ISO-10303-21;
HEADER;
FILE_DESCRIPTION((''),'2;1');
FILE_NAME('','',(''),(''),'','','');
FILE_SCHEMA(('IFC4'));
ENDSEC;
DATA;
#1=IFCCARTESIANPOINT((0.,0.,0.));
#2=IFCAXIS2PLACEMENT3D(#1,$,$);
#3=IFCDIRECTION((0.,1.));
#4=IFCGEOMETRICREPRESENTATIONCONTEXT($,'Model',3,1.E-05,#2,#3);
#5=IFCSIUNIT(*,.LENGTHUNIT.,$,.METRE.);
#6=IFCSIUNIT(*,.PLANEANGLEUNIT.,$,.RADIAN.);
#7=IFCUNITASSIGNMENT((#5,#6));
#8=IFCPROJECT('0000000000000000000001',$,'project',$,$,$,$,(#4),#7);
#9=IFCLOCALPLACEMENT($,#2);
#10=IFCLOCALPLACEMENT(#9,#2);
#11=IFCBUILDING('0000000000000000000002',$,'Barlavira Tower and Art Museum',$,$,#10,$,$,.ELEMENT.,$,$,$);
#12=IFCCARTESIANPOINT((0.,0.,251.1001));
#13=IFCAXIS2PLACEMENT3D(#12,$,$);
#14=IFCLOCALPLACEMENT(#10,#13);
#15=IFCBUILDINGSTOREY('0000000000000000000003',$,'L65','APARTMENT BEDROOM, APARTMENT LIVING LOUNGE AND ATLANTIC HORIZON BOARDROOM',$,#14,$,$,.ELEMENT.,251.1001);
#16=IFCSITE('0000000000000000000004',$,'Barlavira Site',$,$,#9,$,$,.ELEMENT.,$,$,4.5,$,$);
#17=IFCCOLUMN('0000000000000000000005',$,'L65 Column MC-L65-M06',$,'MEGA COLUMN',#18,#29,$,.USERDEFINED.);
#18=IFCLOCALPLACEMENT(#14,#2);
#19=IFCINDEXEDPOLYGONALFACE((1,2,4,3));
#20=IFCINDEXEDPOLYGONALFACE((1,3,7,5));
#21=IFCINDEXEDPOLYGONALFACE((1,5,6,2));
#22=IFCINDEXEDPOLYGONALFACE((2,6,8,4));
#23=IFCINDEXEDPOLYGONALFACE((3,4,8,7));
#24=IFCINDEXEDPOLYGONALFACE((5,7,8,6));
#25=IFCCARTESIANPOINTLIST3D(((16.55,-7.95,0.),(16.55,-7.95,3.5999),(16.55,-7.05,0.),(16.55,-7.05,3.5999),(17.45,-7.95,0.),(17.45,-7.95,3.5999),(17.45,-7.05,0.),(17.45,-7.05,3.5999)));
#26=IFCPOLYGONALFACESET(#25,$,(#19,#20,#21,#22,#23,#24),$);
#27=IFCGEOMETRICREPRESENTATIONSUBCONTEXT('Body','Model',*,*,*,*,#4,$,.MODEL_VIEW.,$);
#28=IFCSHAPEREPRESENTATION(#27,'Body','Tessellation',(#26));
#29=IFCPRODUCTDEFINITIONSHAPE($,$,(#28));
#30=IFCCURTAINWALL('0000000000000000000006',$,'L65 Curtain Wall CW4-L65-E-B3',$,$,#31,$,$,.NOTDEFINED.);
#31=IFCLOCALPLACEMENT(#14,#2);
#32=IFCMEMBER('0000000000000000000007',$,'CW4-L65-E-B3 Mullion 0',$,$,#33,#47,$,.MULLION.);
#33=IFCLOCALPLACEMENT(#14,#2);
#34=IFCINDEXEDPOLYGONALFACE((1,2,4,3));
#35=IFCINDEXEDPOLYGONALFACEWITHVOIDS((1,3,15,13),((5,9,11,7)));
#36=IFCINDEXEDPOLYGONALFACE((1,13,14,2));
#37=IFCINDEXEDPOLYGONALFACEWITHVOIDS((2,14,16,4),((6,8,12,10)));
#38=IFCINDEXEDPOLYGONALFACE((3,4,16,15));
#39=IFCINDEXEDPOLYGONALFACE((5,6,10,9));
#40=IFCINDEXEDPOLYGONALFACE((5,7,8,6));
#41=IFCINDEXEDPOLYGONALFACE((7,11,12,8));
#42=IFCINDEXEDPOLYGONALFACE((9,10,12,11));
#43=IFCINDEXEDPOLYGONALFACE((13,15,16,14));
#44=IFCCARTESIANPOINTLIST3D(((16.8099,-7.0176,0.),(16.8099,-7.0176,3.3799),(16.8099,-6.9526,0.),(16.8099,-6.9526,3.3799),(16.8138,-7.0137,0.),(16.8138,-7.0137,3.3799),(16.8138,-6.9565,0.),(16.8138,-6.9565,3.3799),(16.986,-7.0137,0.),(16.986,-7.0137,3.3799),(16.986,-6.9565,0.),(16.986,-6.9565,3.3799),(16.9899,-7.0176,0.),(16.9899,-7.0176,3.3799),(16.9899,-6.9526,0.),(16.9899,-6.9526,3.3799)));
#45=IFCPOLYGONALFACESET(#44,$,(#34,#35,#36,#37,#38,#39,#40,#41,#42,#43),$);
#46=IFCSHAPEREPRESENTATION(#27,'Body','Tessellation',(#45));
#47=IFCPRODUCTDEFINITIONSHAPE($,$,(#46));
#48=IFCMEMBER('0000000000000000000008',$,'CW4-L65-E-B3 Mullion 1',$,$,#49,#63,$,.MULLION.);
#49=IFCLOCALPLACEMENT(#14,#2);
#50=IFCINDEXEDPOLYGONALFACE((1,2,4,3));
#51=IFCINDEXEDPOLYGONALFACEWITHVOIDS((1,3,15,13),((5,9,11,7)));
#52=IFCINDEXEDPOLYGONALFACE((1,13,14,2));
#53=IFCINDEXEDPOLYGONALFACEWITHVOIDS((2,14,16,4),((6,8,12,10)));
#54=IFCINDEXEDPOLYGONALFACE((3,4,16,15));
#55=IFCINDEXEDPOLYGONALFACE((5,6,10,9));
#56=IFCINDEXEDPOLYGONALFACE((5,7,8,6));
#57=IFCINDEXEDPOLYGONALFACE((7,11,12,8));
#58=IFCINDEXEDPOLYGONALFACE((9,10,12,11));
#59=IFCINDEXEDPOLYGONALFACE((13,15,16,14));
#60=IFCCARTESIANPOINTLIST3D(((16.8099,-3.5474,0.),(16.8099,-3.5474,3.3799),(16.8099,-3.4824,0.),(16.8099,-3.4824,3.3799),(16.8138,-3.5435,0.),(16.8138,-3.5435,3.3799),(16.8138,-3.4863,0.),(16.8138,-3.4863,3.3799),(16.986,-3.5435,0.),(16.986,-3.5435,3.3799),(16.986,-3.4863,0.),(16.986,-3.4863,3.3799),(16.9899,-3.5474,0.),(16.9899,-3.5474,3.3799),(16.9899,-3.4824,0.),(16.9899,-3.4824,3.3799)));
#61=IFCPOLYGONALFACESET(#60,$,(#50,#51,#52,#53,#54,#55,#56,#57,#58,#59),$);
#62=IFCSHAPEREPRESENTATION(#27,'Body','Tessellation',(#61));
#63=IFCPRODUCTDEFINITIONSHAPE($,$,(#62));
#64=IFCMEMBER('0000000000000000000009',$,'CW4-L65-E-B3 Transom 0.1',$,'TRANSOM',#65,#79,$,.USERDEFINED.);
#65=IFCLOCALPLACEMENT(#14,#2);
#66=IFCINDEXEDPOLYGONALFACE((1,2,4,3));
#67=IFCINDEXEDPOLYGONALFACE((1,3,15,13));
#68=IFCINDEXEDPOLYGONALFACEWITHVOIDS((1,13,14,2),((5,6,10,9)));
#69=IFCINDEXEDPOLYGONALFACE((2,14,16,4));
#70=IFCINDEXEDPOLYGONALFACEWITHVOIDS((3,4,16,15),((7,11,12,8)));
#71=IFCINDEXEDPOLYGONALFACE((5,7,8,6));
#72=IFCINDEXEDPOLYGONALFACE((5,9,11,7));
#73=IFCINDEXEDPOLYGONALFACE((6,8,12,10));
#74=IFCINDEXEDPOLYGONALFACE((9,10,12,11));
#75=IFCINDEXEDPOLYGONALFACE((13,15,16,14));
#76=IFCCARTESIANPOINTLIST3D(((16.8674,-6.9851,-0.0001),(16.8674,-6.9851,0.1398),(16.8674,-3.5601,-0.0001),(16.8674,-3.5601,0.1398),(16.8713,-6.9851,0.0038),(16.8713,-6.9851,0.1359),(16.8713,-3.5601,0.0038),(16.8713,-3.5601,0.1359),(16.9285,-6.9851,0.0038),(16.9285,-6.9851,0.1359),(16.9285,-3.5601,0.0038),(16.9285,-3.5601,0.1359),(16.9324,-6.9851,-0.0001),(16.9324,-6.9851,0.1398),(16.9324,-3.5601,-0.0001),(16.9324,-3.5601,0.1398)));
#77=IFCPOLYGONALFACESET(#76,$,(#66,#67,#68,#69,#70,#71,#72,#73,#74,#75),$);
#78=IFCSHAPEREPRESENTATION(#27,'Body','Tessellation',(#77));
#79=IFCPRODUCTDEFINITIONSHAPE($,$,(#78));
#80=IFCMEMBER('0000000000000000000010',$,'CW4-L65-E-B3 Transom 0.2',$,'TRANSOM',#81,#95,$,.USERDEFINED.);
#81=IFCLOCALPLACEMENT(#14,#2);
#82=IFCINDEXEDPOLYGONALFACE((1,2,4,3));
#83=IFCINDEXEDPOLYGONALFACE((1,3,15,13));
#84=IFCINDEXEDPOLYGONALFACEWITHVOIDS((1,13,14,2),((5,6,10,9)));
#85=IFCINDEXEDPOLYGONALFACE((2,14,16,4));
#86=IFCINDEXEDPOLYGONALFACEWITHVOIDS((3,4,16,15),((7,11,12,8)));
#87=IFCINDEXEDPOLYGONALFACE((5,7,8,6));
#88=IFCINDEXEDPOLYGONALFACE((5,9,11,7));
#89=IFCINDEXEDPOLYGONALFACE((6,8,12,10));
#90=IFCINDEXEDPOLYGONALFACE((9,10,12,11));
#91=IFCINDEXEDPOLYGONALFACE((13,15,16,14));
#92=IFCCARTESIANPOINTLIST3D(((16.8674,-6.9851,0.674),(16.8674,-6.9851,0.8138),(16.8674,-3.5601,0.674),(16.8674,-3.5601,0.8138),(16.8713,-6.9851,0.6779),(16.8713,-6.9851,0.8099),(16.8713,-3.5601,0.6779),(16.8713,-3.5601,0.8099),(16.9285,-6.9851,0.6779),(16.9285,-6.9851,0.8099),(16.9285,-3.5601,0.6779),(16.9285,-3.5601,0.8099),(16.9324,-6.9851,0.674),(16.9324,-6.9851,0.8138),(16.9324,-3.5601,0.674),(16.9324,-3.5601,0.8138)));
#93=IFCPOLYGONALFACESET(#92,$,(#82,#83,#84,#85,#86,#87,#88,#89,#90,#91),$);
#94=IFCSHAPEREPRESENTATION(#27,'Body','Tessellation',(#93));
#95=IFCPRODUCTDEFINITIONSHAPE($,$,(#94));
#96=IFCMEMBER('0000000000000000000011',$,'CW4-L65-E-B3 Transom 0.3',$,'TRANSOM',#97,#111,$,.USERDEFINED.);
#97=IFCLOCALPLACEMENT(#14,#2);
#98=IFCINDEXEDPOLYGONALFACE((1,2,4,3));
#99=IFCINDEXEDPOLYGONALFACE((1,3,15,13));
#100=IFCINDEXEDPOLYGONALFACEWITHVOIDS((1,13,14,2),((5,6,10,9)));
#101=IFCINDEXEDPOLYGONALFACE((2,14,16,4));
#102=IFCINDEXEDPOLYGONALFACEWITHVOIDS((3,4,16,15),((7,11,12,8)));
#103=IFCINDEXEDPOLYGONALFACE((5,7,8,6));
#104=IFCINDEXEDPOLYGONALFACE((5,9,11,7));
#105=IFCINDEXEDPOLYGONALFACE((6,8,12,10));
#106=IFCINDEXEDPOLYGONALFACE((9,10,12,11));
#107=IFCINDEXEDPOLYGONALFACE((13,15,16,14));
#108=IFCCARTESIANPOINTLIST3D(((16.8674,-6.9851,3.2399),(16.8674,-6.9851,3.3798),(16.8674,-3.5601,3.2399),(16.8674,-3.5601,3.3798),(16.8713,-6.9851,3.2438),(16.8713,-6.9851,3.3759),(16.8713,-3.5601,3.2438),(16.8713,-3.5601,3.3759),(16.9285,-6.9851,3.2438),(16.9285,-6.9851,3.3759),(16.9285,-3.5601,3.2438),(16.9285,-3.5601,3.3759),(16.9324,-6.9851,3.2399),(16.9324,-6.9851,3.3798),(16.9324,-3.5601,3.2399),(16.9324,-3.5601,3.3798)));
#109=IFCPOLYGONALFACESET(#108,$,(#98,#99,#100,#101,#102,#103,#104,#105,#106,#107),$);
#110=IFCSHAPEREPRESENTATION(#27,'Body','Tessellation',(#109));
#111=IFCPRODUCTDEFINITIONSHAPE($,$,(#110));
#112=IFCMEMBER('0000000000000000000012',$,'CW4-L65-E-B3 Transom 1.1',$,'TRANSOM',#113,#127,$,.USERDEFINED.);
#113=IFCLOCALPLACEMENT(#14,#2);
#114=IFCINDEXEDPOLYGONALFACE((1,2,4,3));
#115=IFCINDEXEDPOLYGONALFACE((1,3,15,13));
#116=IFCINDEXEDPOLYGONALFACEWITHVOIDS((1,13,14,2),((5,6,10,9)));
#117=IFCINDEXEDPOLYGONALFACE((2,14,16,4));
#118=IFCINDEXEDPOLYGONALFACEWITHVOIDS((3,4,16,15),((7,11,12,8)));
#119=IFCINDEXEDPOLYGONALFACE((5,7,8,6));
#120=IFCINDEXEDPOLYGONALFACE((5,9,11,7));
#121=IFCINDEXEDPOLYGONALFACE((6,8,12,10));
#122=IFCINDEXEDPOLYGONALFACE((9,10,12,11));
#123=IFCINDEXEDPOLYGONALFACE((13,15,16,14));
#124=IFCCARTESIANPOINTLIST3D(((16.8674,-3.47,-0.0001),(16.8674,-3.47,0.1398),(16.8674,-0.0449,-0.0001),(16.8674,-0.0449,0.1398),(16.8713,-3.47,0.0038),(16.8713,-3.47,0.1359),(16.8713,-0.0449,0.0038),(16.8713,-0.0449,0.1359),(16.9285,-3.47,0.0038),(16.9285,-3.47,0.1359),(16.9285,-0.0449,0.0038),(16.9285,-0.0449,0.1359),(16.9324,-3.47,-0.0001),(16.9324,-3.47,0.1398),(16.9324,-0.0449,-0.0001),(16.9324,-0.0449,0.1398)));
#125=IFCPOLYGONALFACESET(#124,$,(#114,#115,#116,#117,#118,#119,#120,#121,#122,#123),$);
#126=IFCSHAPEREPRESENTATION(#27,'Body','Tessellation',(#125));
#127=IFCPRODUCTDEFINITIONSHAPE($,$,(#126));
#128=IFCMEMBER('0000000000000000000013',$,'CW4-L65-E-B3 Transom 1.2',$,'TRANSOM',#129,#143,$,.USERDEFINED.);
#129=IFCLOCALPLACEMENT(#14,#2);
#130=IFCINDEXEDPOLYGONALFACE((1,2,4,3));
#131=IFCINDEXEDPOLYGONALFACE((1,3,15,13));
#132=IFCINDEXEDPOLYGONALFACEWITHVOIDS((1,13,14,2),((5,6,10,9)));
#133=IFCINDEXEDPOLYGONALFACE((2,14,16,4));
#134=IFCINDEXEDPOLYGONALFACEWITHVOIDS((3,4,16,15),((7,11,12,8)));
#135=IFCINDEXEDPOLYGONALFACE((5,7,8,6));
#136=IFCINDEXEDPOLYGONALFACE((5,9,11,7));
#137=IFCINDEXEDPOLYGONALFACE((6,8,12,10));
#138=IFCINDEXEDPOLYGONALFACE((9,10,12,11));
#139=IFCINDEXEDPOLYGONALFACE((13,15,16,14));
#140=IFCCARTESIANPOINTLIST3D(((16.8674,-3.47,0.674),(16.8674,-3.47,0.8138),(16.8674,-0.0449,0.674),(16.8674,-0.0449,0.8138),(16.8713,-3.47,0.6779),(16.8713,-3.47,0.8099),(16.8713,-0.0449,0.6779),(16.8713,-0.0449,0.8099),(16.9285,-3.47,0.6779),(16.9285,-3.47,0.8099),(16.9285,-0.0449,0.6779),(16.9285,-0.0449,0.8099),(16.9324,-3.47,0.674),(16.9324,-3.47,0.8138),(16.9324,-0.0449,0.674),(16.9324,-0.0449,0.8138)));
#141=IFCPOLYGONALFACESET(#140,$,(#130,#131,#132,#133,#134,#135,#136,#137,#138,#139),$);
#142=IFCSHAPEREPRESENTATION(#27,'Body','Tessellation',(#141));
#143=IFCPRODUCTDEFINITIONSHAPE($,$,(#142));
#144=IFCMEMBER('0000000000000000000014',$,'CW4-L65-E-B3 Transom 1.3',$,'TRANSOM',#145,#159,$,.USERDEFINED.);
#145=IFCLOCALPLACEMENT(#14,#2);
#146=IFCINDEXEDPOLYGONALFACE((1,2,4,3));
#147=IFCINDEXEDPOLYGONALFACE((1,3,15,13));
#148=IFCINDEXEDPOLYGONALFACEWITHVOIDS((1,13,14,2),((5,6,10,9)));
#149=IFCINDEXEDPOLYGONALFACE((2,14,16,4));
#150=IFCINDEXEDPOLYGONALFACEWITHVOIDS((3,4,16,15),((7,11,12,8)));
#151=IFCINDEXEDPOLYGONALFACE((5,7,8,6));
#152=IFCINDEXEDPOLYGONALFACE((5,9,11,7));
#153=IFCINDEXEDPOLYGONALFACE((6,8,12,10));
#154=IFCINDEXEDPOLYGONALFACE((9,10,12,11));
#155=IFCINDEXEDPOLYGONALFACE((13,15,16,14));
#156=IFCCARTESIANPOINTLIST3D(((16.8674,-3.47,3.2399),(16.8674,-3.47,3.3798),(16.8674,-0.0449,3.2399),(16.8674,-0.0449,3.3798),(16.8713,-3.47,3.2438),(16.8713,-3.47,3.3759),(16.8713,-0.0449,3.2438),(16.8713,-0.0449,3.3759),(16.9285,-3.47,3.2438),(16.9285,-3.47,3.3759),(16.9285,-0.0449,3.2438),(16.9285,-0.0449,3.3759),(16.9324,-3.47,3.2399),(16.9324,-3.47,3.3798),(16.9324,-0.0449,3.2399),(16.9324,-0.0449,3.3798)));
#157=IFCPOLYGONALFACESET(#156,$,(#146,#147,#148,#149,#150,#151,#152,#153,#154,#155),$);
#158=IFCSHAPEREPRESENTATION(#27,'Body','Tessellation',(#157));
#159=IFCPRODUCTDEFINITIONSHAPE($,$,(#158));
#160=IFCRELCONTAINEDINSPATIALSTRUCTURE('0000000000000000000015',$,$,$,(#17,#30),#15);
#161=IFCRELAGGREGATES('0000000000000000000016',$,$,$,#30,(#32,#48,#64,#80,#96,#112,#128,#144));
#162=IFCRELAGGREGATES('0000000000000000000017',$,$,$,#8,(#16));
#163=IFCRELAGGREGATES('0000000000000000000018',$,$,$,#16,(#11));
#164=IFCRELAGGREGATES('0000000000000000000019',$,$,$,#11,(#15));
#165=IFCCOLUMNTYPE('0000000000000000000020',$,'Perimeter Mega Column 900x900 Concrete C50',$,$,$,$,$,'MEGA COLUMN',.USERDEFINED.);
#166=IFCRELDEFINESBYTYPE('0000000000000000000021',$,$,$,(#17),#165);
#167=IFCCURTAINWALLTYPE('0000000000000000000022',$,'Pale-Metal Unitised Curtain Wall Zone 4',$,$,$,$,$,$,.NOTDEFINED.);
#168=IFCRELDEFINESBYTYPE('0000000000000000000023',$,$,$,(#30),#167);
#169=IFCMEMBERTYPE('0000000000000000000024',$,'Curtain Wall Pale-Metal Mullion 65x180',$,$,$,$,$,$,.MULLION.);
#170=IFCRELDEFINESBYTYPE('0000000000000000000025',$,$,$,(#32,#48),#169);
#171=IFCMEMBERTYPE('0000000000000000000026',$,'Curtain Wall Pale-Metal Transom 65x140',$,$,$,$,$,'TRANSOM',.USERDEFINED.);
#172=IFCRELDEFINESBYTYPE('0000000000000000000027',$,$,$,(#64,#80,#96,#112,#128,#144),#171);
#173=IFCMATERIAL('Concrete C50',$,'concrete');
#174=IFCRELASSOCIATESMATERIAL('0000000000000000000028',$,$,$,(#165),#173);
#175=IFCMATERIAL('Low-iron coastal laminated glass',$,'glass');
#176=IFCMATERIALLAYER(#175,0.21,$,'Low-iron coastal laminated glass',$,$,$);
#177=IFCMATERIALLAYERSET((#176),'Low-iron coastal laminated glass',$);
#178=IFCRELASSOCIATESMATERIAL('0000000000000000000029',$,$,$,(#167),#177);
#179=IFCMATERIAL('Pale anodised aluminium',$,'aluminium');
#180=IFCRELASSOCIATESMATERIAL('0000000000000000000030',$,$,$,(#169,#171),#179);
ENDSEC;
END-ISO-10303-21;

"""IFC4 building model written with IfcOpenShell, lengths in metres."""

from ifc_helpers import new_model, si_unit, direction, frame, origin, origin_2d, place, context, subcontext, project, spatial, rectangle, hollow_rectangle, extrude, material, layer, layer_set, material_profile, profile_set, type_object, element, aggregate, save


model = new_model("IFC4")

# Units and contexts
model_context = context("Model", 3, precision=1e-05, world=origin(), true_north=direction((0.0, 1.0)))
body_context = subcontext(model_context, "Body", "Model", "MODEL_VIEW")
ifc_project = project(units=[si_unit("LENGTHUNIT", "METRE"), si_unit("PLANEANGLEUNIT", "RADIAN")], contexts=[model_context])

# Site, building, storey
site_placement = place(None, origin())
site = spatial("IfcSite", under=ifc_project, at=site_placement, Name="Barlavira Site", CompositionType="ELEMENT", RefElevation=4.5)
building_placement = place(site_placement, origin())
building = spatial("IfcBuilding", under=site, at=building_placement, Name="Barlavira Tower and Art Museum", CompositionType="ELEMENT")
storey_placement = place(building_placement, frame((0.0, 0.0, 251.1001)))
storey = spatial("IfcBuildingStorey", under=building, at=storey_placement, Name="L65", Description="APARTMENT BEDROOM, APARTMENT LIVING LOUNGE AND ATLANTIC HORIZON BOARDROOM", CompositionType="ELEMENT", Elevation=251.1001)

# Column
ifc_material_1 = material(Name="Concrete C50", Category="concrete")
ifc_material_profile_1 = material_profile(ifc_material_1, rectangle(XDim=0.8999, YDim=0.8999, at=origin_2d()), Name="RC-COL 900x900")
ifc_profile_set_1 = profile_set([ifc_material_profile_1], Name="Concrete C50")
column_type = type_object("IfcColumnType", Name="Perimeter Mega Column 900x900 Concrete C50", ElementType="MEGA COLUMN", PredefinedType="USERDEFINED", material=ifc_profile_set_1)
column_placement = place(storey_placement, frame((17.0, -7.5, 0.0), z_axis=(0.0, 0.0, 1.0), x_axis=(1.0, 0.0, 0.0)))
element("IfcColumn", 1, at=column_placement, inside=storey, type_object=column_type, Name="L65 Column MC-L65-M06", ObjectType="MEGA COLUMN", PredefinedType="USERDEFINED", context=body_context, shape_type="SweptSolid", body=[
    extrude(rectangle(XDim=0.8999, YDim=0.8999, at=origin_2d()), origin(), (0.0, 0.0, 1.0), 3.5999),
])

# Curtain wall, members
ifc_material_2 = material(Name="Low-iron coastal laminated glass", Category="glass")
ifc_layer_1 = layer(ifc_material_2, 0.21, Name="Low-iron coastal laminated glass")
ifc_layer_set_1 = layer_set([ifc_layer_1], Name="Low-iron coastal laminated glass")
curtain_wall_type = type_object("IfcCurtainWallType", Name="Pale-Metal Unitised Curtain Wall Zone 4", PredefinedType="NOTDEFINED", material=ifc_layer_set_1)
curtain_wall_placement = place(storey_placement, origin())
curtain_wall = element("IfcCurtainWall", 2, at=curtain_wall_placement, inside=storey, type_object=curtain_wall_type, Name="L65 Curtain Wall CW4-L65-E-B3", PredefinedType="NOTDEFINED")
ifc_material_3 = material(Name="Pale anodised aluminium", Category="aluminium")
ifc_material_profile_2 = material_profile(ifc_material_3, hollow_rectangle(XDim=0.0649, YDim=0.1799, WallThickness=0.0039, at=origin_2d()), Name="ALU-MULL 65x180x4")
ifc_profile_set_2 = profile_set([ifc_material_profile_2], Name="Pale anodised aluminium")
member_type_1 = type_object("IfcMemberType", Name="Curtain Wall Pale-Metal Mullion 65x180", PredefinedType="MULLION", material=ifc_profile_set_2)
member_1_placement = place(storey_placement, frame((16.8999, -6.9851, 0.0), z_axis=(0.0, 0.0, 1.0), x_axis=(0.0, 1.0, 0.0)))
member_1 = element("IfcMember", 3, at=member_1_placement, type_object=member_type_1, Name="CW4-L65-E-B3 Mullion 0", PredefinedType="MULLION", context=body_context, shape_type="SweptSolid", body=[
    extrude(hollow_rectangle(XDim=0.0649, YDim=0.1799, WallThickness=0.0039, at=origin_2d()), origin(), (0.0, 0.0, 1.0), 3.3799),
])
member_2_placement = place(storey_placement, frame((16.8999, -3.5149, 0.0), z_axis=(0.0, 0.0, 1.0), x_axis=(0.0, 1.0, 0.0)))
member_2 = element("IfcMember", 4, at=member_2_placement, type_object=member_type_1, Name="CW4-L65-E-B3 Mullion 1", PredefinedType="MULLION", context=body_context, shape_type="SweptSolid", body=[
    extrude(hollow_rectangle(XDim=0.0649, YDim=0.1799, WallThickness=0.0039, at=origin_2d()), origin(), (0.0, 0.0, 1.0), 3.3799),
])
ifc_material_profile_3 = material_profile(ifc_material_3, hollow_rectangle(XDim=0.0649, YDim=0.1399, WallThickness=0.0039, at=origin_2d()), Name="ALU-TRAN 65x140x4")
ifc_profile_set_3 = profile_set([ifc_material_profile_3], Name="Pale anodised aluminium")
member_type_2 = type_object("IfcMemberType", Name="Curtain Wall Pale-Metal Transom 65x140", ElementType="TRANSOM", PredefinedType="USERDEFINED", material=ifc_profile_set_3)
member_3_placement = place(storey_placement, frame((16.8999, -6.9851, 0.0698), z_axis=(0.0, 1.0, 0.0), x_axis=(-1.0, 0.0, 0.0)))
member_3 = element("IfcMember", 5, at=member_3_placement, type_object=member_type_2, Name="CW4-L65-E-B3 Transom 0.1", ObjectType="TRANSOM", PredefinedType="USERDEFINED", context=body_context, shape_type="SweptSolid", body=[
    extrude(hollow_rectangle(XDim=0.0649, YDim=0.1399, WallThickness=0.0039, at=origin_2d()), origin(), (0.0, 0.0, 1.0), 3.425),
])
member_4_placement = place(storey_placement, frame((16.8999, -6.9851, 0.7439), z_axis=(0.0, 1.0, 0.0), x_axis=(-1.0, 0.0, 0.0)))
member_4 = element("IfcMember", 6, at=member_4_placement, type_object=member_type_2, Name="CW4-L65-E-B3 Transom 0.2", ObjectType="TRANSOM", PredefinedType="USERDEFINED", context=body_context, shape_type="SweptSolid", body=[
    extrude(hollow_rectangle(XDim=0.0649, YDim=0.1399, WallThickness=0.0039, at=origin_2d()), origin(), (0.0, 0.0, 1.0), 3.425),
])
member_5_placement = place(storey_placement, frame((16.8999, -6.9851, 3.3098), z_axis=(0.0, 1.0, 0.0), x_axis=(-1.0, 0.0, 0.0)))
member_5 = element("IfcMember", 7, at=member_5_placement, type_object=member_type_2, Name="CW4-L65-E-B3 Transom 0.3", ObjectType="TRANSOM", PredefinedType="USERDEFINED", context=body_context, shape_type="SweptSolid", body=[
    extrude(hollow_rectangle(XDim=0.0649, YDim=0.1399, WallThickness=0.0039, at=origin_2d()), origin(), (0.0, 0.0, 1.0), 3.425),
])
member_6_placement = place(storey_placement, frame((16.8999, -3.47, 0.0698), z_axis=(0.0, 1.0, 0.0), x_axis=(-1.0, 0.0, 0.0)))
member_6 = element("IfcMember", 8, at=member_6_placement, type_object=member_type_2, Name="CW4-L65-E-B3 Transom 1.1", ObjectType="TRANSOM", PredefinedType="USERDEFINED", context=body_context, shape_type="SweptSolid", body=[
    extrude(hollow_rectangle(XDim=0.0649, YDim=0.1399, WallThickness=0.0039, at=origin_2d()), origin(), (0.0, 0.0, 1.0), 3.425),
])
member_7_placement = place(storey_placement, frame((16.8999, -3.47, 0.7439), z_axis=(0.0, 1.0, 0.0), x_axis=(-1.0, 0.0, 0.0)))
member_7 = element("IfcMember", 9, at=member_7_placement, type_object=member_type_2, Name="CW4-L65-E-B3 Transom 1.2", ObjectType="TRANSOM", PredefinedType="USERDEFINED", context=body_context, shape_type="SweptSolid", body=[
    extrude(hollow_rectangle(XDim=0.0649, YDim=0.1399, WallThickness=0.0039, at=origin_2d()), origin(), (0.0, 0.0, 1.0), 3.425),
])
member_8_placement = place(storey_placement, frame((16.8999, -3.47, 3.3098), z_axis=(0.0, 1.0, 0.0), x_axis=(-1.0, 0.0, 0.0)))
member_8 = element("IfcMember", 10, at=member_8_placement, type_object=member_type_2, Name="CW4-L65-E-B3 Transom 1.3", ObjectType="TRANSOM", PredefinedType="USERDEFINED", context=body_context, shape_type="SweptSolid", body=[
    extrude(hollow_rectangle(XDim=0.0649, YDim=0.1399, WallThickness=0.0039, at=origin_2d()), origin(), (0.0, 0.0, 1.0), 3.425),
])

aggregate(curtain_wall, [member_1, member_2, member_3, member_4, member_5, member_6, member_7, member_8])

save(model, "model.ifc")
